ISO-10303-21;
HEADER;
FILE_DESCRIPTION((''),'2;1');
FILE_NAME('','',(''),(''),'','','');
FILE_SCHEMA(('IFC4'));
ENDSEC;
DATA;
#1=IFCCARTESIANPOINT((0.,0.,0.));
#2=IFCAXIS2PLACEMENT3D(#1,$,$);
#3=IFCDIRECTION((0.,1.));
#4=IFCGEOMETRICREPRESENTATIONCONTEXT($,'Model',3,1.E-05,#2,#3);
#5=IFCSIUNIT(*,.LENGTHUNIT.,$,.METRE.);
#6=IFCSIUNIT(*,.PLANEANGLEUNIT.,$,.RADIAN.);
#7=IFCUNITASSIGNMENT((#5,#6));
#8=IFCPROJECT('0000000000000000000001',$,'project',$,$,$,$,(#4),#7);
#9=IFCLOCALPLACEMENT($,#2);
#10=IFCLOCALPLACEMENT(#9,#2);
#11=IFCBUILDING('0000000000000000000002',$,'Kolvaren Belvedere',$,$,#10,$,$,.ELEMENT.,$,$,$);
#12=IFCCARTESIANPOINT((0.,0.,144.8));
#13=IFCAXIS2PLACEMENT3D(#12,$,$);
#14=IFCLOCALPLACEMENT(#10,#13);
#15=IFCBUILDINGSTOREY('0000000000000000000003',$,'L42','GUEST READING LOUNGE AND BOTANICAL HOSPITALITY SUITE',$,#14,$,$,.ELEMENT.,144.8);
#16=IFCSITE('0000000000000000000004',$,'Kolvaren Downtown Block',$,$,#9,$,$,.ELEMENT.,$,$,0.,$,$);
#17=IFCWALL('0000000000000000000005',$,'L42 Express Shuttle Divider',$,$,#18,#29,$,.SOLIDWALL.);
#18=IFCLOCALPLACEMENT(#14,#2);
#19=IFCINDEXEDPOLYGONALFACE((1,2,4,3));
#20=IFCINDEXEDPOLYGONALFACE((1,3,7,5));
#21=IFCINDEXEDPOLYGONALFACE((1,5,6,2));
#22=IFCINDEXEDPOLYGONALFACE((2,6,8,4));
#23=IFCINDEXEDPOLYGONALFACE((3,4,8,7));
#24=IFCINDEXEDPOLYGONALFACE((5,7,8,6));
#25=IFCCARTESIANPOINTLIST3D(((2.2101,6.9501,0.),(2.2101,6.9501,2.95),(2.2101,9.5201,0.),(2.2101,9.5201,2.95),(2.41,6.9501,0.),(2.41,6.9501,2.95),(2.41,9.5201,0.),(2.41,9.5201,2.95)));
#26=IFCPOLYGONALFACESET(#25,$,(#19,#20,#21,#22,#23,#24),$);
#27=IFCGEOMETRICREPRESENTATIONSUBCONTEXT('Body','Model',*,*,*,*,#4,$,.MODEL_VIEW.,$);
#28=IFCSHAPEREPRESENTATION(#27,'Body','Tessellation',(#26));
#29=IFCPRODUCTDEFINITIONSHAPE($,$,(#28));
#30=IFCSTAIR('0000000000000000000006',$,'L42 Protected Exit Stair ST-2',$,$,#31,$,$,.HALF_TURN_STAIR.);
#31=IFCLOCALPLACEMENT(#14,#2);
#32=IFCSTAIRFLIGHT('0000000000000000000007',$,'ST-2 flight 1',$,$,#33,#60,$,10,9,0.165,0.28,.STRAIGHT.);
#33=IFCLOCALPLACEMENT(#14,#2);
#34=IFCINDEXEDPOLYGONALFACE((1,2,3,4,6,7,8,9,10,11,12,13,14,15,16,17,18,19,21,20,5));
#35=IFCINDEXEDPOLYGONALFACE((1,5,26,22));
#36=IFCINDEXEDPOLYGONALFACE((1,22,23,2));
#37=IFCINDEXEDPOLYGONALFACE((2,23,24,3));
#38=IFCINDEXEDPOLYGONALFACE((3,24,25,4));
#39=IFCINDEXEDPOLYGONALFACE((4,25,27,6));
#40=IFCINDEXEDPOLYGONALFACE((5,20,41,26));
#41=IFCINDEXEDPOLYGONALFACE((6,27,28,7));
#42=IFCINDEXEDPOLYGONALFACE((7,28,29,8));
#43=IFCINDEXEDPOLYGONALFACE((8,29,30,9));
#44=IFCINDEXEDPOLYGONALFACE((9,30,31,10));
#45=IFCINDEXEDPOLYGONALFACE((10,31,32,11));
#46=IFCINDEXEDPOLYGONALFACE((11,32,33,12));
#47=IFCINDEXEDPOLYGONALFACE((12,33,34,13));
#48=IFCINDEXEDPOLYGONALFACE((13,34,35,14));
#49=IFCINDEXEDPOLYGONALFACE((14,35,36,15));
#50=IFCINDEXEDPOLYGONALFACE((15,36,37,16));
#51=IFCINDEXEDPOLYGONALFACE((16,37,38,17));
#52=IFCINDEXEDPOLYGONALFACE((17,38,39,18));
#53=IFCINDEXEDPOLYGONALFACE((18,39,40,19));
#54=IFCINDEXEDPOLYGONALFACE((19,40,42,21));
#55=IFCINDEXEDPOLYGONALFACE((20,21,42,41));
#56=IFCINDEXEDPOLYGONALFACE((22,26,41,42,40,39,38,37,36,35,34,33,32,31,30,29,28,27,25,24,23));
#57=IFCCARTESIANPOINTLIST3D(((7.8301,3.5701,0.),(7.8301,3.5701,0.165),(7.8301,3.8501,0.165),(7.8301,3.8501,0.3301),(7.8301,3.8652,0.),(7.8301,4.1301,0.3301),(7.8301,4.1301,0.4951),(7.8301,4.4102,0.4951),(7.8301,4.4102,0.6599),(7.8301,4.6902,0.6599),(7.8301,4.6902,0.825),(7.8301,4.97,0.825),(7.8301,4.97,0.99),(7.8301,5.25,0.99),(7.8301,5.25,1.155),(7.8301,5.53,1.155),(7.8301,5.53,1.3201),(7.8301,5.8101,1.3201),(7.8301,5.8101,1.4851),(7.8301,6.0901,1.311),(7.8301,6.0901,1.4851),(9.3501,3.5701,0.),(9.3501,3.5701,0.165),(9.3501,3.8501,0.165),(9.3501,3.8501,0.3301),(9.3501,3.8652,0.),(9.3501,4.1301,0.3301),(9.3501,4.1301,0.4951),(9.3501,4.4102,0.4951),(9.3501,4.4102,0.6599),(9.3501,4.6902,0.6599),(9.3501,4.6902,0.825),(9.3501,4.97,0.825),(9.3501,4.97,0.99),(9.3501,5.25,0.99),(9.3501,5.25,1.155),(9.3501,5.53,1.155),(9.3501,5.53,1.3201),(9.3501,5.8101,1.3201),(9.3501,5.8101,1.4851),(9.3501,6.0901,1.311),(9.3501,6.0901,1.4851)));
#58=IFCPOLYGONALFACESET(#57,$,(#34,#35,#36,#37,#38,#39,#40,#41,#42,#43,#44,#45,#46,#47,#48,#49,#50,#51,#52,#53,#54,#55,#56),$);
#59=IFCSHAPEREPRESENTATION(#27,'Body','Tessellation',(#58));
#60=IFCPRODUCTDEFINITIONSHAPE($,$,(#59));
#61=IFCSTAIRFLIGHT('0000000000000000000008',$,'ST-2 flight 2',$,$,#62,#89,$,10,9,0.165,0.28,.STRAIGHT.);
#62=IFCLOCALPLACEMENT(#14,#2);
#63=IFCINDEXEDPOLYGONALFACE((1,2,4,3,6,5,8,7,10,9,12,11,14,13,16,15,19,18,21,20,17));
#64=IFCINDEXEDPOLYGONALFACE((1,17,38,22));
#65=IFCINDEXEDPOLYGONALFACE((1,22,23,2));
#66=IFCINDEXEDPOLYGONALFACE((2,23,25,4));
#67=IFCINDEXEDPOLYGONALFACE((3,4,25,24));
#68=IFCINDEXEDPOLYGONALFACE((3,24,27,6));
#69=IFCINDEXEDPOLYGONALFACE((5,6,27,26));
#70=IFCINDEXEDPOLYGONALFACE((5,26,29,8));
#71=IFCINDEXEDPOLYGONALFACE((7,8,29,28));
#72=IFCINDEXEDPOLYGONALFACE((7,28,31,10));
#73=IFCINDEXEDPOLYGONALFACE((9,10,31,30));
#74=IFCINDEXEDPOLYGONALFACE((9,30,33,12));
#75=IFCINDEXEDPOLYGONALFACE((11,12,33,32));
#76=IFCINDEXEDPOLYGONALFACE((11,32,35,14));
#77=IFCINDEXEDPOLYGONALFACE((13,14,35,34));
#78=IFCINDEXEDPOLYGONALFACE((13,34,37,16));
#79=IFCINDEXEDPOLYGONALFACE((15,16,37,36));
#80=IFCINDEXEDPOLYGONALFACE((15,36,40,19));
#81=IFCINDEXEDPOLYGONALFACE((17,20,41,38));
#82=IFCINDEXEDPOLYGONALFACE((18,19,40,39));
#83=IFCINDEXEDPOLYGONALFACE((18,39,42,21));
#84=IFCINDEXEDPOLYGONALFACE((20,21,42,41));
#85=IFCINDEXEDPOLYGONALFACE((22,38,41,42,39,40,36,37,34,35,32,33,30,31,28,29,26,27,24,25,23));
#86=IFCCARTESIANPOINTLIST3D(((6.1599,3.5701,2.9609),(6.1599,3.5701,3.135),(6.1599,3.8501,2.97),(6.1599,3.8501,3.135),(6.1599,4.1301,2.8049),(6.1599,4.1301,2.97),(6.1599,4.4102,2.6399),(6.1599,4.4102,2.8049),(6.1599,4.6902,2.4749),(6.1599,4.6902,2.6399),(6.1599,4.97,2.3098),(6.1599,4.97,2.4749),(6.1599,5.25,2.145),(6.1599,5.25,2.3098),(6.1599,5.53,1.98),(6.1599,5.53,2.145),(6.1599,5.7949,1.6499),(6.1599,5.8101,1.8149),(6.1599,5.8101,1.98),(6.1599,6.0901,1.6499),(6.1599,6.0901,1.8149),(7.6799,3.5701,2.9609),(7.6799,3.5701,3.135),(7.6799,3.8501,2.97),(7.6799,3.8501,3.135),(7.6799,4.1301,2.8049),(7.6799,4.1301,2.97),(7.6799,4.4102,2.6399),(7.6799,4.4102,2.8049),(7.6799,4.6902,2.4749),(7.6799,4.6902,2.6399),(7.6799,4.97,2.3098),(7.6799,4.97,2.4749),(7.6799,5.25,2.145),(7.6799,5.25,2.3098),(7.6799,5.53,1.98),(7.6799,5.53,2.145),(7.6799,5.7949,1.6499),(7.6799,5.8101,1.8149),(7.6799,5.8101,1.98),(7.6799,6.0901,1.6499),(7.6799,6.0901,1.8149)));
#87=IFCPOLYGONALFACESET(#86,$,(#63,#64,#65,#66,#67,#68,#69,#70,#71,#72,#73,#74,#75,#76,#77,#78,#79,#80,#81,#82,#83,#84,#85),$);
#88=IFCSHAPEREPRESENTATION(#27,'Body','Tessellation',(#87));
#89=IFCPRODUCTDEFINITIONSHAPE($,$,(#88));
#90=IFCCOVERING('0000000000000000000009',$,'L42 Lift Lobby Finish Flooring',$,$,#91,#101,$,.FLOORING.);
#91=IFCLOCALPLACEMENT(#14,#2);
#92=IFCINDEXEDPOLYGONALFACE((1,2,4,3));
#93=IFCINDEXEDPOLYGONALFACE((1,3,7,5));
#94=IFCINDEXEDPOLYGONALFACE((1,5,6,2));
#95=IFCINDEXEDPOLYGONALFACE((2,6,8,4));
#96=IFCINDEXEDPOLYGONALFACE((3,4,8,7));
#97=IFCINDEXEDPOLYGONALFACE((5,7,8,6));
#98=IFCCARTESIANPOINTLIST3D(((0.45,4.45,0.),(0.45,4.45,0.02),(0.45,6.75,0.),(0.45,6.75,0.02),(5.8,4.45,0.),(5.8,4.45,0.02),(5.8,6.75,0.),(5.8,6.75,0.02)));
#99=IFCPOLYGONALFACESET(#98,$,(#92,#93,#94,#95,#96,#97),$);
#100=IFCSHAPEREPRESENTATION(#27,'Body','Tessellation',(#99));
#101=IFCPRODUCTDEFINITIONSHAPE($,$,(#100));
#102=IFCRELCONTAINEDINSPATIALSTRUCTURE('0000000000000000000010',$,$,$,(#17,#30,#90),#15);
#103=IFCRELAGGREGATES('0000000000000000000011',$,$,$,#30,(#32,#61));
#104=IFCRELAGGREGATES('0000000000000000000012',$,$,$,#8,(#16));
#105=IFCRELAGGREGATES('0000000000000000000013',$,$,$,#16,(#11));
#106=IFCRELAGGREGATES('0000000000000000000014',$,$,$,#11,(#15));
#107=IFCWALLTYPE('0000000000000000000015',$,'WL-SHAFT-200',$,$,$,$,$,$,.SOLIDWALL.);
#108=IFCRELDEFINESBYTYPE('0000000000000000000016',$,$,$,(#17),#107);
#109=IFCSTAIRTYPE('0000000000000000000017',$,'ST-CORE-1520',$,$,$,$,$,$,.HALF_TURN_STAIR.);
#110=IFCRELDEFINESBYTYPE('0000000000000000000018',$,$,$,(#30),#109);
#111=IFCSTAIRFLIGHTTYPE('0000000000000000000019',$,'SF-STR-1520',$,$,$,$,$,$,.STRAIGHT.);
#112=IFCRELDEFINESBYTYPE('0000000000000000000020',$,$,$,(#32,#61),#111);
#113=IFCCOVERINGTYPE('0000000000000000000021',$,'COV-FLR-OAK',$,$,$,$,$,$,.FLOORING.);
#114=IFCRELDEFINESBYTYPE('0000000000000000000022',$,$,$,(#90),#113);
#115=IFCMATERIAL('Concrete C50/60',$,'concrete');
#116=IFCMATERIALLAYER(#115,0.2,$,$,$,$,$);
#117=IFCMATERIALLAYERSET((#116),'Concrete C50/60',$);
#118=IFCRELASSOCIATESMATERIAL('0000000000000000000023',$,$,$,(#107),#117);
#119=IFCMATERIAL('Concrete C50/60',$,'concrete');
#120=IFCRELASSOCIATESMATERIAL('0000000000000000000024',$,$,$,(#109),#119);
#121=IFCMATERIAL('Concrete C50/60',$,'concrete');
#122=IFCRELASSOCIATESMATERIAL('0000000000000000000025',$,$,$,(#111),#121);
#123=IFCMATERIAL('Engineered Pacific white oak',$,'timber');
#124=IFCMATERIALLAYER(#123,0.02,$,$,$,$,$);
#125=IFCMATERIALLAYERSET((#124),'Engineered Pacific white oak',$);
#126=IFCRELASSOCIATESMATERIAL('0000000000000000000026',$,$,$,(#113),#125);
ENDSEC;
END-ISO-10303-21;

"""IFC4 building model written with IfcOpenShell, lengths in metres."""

from ifc_helpers import new_model, si_unit, direction, frame, frame_2d, origin, place, context, subcontext, project, spatial, polyline, rectangle, outline, extrude, material, layer, layer_set, type_object, element, aggregate, save


model = new_model("IFC4")

# Units and contexts
model_context = context("Model", 3, precision=1e-05, world=origin(), true_north=direction((0.0, 1.0)))
body_context = subcontext(model_context, "Body", "Model", "MODEL_VIEW")
ifc_project = project(units=[si_unit("LENGTHUNIT", "METRE"), si_unit("PLANEANGLEUNIT", "RADIAN")], contexts=[model_context])

# Site, building, storey
site_placement = place(None, origin())
site = spatial("IfcSite", under=ifc_project, at=site_placement, Name="Kolvaren Downtown Block", CompositionType="ELEMENT", RefElevation=0.0)
building_placement = place(site_placement, origin())
building = spatial("IfcBuilding", under=site, at=building_placement, Name="Kolvaren Belvedere", CompositionType="ELEMENT")
storey_placement = place(building_placement, frame((0.0, 0.0, 144.8)))
storey = spatial("IfcBuildingStorey", under=building, at=storey_placement, Name="L42", Description="GUEST READING LOUNGE AND BOTANICAL HOSPITALITY SUITE", CompositionType="ELEMENT", Elevation=144.8)

# Shared definitions
ifc_material_1 = material(Name="Concrete C50/60", Category="concrete")
ifc_layer_1 = layer(ifc_material_1, 0.2)
ifc_layer_set_1 = layer_set([ifc_layer_1], Name="Concrete C50/60")
wall_type_1 = type_object("IfcWallType", Name="WL-SHAFT-200", PredefinedType="SOLIDWALL", material=ifc_layer_set_1)

# Wall
for number, where, z_axis, x_axis, name in (
    (1, (2.3101, 6.95, 0.0), (0.0, 0.0, 1.0), (0.0, 1.0, 0.0), "L42 Express Shuttle Divider"),
):
    element("IfcWall", number, at=place(storey_placement, frame(where, z_axis=z_axis, x_axis=x_axis)), inside=storey, type_object=wall_type_1, Name=name, PredefinedType="SOLIDWALL", context=body_context, shape_type="SweptSolid", body=[
        extrude(rectangle(XDim=2.5701, YDim=0.2, at=frame_2d((1.2852, 0.0))), origin(), (0.0, 0.0, 1.0), 2.95),
    ])

# Stair, stair flights
ifc_material_2 = material(Name="Concrete C50/60", Category="concrete")
stair_type = type_object("IfcStairType", Name="ST-CORE-1520", PredefinedType="HALF_TURN_STAIR", material=ifc_material_2)
stair_placement = place(storey_placement, origin())
stair = element("IfcStair", 2, at=stair_placement, inside=storey, type_object=stair_type, Name="L42 Protected Exit Stair ST-2", PredefinedType="HALF_TURN_STAIR")
ifc_material_3 = material(Name="Concrete C50/60", Category="concrete")
stair_flight_type = type_object("IfcStairFlightType", Name="SF-STR-1520", PredefinedType="STRAIGHT", material=ifc_material_3)
stair_flight_1_placement = place(storey_placement, frame((8.5901, 3.5701, 0.0), z_axis=(0.0, 0.0, 1.0), x_axis=(0.0, 1.0, 0.0)))
stair_flight_1 = element("IfcStairFlight", 3, at=stair_flight_1_placement, type_object=stair_flight_type, Name="ST-2 flight 1", NumberOfRisers=10, NumberOfTreads=9, PredefinedType="STRAIGHT", RiserHeight=0.165, TreadLength=0.28, context=body_context, shape_type="SweptSolid", body=[
    extrude(outline(polyline([(0.0, 0.0), (0.0, 0.165), (0.28, 0.165), (0.28, 0.3301), (0.5601, 0.3301), (0.5601, 0.4951), (0.8401, 0.4951), (0.8401, 0.6599), (1.1201, 0.6599), (1.1201, 0.825), (1.3999, 0.825), (1.3999, 0.99), (1.6799, 0.99), (1.6799, 1.155), (1.96, 1.155), (1.96, 1.3201), (2.24, 1.3201), (2.24, 1.4851), (2.52, 1.4851), (2.52, 1.6499), (2.52, 1.311), (0.2952, 0.0), (0.0, 0.0)])), frame((0.0, 0.76, 0.0), z_axis=(0.0, -1.0, 0.0), x_axis=(1.0, 0.0, 0.0)), (0.0, 0.0, 1.0), 1.52),
])
stair_flight_2_placement = place(storey_placement, frame((6.9199, 6.0901, 1.6499), z_axis=(0.0, 0.0, 1.0), x_axis=(0.0, -1.0, 0.0)))
stair_flight_2 = element("IfcStairFlight", 4, at=stair_flight_2_placement, type_object=stair_flight_type, Name="ST-2 flight 2", NumberOfRisers=10, NumberOfTreads=9, PredefinedType="STRAIGHT", RiserHeight=0.165, TreadLength=0.28, context=body_context, shape_type="SweptSolid", body=[
    extrude(outline(polyline([(0.0, 0.0), (0.0, 0.165), (0.28, 0.165), (0.28, 0.3301), (0.5601, 0.3301), (0.5601, 0.4951), (0.8401, 0.4951), (0.8401, 0.6599), (1.1201, 0.6599), (1.1201, 0.825), (1.3999, 0.825), (1.3999, 0.99), (1.6799, 0.99), (1.6799, 1.155), (1.96, 1.155), (1.96, 1.3201), (2.24, 1.3201), (2.24, 1.4851), (2.52, 1.4851), (2.52, 1.6499), (2.52, 1.311), (0.2952, 0.0), (0.0, 0.0)])), frame((0.0, 0.76, 0.0), z_axis=(0.0, -1.0, 0.0), x_axis=(1.0, 0.0, 0.0)), (0.0, 0.0, 1.0), 1.52),
])
aggregate(stair, [stair_flight_1, stair_flight_2])

# Covering
ifc_material_4 = material(Name="Engineered Pacific white oak", Category="timber")
ifc_layer_2 = layer(ifc_material_4, 0.02)
ifc_layer_set_2 = layer_set([ifc_layer_2], Name="Engineered Pacific white oak")
covering_type = type_object("IfcCoveringType", Name="COV-FLR-OAK", PredefinedType="FLOORING", material=ifc_layer_set_2)
covering_placement = place(storey_placement, origin())
element("IfcCovering", 5, at=covering_placement, inside=storey, type_object=covering_type, Name="L42 Lift Lobby Finish Flooring", PredefinedType="FLOORING", context=body_context, shape_type="SweptSolid", body=[
    extrude(outline(polyline([(0.45, 4.45), (5.8, 4.45), (5.8, 6.75), (0.45, 6.75), (0.45, 4.45)])), origin(), (0.0, 0.0, 1.0), 0.02),
])

save(model, "model.ifc")
